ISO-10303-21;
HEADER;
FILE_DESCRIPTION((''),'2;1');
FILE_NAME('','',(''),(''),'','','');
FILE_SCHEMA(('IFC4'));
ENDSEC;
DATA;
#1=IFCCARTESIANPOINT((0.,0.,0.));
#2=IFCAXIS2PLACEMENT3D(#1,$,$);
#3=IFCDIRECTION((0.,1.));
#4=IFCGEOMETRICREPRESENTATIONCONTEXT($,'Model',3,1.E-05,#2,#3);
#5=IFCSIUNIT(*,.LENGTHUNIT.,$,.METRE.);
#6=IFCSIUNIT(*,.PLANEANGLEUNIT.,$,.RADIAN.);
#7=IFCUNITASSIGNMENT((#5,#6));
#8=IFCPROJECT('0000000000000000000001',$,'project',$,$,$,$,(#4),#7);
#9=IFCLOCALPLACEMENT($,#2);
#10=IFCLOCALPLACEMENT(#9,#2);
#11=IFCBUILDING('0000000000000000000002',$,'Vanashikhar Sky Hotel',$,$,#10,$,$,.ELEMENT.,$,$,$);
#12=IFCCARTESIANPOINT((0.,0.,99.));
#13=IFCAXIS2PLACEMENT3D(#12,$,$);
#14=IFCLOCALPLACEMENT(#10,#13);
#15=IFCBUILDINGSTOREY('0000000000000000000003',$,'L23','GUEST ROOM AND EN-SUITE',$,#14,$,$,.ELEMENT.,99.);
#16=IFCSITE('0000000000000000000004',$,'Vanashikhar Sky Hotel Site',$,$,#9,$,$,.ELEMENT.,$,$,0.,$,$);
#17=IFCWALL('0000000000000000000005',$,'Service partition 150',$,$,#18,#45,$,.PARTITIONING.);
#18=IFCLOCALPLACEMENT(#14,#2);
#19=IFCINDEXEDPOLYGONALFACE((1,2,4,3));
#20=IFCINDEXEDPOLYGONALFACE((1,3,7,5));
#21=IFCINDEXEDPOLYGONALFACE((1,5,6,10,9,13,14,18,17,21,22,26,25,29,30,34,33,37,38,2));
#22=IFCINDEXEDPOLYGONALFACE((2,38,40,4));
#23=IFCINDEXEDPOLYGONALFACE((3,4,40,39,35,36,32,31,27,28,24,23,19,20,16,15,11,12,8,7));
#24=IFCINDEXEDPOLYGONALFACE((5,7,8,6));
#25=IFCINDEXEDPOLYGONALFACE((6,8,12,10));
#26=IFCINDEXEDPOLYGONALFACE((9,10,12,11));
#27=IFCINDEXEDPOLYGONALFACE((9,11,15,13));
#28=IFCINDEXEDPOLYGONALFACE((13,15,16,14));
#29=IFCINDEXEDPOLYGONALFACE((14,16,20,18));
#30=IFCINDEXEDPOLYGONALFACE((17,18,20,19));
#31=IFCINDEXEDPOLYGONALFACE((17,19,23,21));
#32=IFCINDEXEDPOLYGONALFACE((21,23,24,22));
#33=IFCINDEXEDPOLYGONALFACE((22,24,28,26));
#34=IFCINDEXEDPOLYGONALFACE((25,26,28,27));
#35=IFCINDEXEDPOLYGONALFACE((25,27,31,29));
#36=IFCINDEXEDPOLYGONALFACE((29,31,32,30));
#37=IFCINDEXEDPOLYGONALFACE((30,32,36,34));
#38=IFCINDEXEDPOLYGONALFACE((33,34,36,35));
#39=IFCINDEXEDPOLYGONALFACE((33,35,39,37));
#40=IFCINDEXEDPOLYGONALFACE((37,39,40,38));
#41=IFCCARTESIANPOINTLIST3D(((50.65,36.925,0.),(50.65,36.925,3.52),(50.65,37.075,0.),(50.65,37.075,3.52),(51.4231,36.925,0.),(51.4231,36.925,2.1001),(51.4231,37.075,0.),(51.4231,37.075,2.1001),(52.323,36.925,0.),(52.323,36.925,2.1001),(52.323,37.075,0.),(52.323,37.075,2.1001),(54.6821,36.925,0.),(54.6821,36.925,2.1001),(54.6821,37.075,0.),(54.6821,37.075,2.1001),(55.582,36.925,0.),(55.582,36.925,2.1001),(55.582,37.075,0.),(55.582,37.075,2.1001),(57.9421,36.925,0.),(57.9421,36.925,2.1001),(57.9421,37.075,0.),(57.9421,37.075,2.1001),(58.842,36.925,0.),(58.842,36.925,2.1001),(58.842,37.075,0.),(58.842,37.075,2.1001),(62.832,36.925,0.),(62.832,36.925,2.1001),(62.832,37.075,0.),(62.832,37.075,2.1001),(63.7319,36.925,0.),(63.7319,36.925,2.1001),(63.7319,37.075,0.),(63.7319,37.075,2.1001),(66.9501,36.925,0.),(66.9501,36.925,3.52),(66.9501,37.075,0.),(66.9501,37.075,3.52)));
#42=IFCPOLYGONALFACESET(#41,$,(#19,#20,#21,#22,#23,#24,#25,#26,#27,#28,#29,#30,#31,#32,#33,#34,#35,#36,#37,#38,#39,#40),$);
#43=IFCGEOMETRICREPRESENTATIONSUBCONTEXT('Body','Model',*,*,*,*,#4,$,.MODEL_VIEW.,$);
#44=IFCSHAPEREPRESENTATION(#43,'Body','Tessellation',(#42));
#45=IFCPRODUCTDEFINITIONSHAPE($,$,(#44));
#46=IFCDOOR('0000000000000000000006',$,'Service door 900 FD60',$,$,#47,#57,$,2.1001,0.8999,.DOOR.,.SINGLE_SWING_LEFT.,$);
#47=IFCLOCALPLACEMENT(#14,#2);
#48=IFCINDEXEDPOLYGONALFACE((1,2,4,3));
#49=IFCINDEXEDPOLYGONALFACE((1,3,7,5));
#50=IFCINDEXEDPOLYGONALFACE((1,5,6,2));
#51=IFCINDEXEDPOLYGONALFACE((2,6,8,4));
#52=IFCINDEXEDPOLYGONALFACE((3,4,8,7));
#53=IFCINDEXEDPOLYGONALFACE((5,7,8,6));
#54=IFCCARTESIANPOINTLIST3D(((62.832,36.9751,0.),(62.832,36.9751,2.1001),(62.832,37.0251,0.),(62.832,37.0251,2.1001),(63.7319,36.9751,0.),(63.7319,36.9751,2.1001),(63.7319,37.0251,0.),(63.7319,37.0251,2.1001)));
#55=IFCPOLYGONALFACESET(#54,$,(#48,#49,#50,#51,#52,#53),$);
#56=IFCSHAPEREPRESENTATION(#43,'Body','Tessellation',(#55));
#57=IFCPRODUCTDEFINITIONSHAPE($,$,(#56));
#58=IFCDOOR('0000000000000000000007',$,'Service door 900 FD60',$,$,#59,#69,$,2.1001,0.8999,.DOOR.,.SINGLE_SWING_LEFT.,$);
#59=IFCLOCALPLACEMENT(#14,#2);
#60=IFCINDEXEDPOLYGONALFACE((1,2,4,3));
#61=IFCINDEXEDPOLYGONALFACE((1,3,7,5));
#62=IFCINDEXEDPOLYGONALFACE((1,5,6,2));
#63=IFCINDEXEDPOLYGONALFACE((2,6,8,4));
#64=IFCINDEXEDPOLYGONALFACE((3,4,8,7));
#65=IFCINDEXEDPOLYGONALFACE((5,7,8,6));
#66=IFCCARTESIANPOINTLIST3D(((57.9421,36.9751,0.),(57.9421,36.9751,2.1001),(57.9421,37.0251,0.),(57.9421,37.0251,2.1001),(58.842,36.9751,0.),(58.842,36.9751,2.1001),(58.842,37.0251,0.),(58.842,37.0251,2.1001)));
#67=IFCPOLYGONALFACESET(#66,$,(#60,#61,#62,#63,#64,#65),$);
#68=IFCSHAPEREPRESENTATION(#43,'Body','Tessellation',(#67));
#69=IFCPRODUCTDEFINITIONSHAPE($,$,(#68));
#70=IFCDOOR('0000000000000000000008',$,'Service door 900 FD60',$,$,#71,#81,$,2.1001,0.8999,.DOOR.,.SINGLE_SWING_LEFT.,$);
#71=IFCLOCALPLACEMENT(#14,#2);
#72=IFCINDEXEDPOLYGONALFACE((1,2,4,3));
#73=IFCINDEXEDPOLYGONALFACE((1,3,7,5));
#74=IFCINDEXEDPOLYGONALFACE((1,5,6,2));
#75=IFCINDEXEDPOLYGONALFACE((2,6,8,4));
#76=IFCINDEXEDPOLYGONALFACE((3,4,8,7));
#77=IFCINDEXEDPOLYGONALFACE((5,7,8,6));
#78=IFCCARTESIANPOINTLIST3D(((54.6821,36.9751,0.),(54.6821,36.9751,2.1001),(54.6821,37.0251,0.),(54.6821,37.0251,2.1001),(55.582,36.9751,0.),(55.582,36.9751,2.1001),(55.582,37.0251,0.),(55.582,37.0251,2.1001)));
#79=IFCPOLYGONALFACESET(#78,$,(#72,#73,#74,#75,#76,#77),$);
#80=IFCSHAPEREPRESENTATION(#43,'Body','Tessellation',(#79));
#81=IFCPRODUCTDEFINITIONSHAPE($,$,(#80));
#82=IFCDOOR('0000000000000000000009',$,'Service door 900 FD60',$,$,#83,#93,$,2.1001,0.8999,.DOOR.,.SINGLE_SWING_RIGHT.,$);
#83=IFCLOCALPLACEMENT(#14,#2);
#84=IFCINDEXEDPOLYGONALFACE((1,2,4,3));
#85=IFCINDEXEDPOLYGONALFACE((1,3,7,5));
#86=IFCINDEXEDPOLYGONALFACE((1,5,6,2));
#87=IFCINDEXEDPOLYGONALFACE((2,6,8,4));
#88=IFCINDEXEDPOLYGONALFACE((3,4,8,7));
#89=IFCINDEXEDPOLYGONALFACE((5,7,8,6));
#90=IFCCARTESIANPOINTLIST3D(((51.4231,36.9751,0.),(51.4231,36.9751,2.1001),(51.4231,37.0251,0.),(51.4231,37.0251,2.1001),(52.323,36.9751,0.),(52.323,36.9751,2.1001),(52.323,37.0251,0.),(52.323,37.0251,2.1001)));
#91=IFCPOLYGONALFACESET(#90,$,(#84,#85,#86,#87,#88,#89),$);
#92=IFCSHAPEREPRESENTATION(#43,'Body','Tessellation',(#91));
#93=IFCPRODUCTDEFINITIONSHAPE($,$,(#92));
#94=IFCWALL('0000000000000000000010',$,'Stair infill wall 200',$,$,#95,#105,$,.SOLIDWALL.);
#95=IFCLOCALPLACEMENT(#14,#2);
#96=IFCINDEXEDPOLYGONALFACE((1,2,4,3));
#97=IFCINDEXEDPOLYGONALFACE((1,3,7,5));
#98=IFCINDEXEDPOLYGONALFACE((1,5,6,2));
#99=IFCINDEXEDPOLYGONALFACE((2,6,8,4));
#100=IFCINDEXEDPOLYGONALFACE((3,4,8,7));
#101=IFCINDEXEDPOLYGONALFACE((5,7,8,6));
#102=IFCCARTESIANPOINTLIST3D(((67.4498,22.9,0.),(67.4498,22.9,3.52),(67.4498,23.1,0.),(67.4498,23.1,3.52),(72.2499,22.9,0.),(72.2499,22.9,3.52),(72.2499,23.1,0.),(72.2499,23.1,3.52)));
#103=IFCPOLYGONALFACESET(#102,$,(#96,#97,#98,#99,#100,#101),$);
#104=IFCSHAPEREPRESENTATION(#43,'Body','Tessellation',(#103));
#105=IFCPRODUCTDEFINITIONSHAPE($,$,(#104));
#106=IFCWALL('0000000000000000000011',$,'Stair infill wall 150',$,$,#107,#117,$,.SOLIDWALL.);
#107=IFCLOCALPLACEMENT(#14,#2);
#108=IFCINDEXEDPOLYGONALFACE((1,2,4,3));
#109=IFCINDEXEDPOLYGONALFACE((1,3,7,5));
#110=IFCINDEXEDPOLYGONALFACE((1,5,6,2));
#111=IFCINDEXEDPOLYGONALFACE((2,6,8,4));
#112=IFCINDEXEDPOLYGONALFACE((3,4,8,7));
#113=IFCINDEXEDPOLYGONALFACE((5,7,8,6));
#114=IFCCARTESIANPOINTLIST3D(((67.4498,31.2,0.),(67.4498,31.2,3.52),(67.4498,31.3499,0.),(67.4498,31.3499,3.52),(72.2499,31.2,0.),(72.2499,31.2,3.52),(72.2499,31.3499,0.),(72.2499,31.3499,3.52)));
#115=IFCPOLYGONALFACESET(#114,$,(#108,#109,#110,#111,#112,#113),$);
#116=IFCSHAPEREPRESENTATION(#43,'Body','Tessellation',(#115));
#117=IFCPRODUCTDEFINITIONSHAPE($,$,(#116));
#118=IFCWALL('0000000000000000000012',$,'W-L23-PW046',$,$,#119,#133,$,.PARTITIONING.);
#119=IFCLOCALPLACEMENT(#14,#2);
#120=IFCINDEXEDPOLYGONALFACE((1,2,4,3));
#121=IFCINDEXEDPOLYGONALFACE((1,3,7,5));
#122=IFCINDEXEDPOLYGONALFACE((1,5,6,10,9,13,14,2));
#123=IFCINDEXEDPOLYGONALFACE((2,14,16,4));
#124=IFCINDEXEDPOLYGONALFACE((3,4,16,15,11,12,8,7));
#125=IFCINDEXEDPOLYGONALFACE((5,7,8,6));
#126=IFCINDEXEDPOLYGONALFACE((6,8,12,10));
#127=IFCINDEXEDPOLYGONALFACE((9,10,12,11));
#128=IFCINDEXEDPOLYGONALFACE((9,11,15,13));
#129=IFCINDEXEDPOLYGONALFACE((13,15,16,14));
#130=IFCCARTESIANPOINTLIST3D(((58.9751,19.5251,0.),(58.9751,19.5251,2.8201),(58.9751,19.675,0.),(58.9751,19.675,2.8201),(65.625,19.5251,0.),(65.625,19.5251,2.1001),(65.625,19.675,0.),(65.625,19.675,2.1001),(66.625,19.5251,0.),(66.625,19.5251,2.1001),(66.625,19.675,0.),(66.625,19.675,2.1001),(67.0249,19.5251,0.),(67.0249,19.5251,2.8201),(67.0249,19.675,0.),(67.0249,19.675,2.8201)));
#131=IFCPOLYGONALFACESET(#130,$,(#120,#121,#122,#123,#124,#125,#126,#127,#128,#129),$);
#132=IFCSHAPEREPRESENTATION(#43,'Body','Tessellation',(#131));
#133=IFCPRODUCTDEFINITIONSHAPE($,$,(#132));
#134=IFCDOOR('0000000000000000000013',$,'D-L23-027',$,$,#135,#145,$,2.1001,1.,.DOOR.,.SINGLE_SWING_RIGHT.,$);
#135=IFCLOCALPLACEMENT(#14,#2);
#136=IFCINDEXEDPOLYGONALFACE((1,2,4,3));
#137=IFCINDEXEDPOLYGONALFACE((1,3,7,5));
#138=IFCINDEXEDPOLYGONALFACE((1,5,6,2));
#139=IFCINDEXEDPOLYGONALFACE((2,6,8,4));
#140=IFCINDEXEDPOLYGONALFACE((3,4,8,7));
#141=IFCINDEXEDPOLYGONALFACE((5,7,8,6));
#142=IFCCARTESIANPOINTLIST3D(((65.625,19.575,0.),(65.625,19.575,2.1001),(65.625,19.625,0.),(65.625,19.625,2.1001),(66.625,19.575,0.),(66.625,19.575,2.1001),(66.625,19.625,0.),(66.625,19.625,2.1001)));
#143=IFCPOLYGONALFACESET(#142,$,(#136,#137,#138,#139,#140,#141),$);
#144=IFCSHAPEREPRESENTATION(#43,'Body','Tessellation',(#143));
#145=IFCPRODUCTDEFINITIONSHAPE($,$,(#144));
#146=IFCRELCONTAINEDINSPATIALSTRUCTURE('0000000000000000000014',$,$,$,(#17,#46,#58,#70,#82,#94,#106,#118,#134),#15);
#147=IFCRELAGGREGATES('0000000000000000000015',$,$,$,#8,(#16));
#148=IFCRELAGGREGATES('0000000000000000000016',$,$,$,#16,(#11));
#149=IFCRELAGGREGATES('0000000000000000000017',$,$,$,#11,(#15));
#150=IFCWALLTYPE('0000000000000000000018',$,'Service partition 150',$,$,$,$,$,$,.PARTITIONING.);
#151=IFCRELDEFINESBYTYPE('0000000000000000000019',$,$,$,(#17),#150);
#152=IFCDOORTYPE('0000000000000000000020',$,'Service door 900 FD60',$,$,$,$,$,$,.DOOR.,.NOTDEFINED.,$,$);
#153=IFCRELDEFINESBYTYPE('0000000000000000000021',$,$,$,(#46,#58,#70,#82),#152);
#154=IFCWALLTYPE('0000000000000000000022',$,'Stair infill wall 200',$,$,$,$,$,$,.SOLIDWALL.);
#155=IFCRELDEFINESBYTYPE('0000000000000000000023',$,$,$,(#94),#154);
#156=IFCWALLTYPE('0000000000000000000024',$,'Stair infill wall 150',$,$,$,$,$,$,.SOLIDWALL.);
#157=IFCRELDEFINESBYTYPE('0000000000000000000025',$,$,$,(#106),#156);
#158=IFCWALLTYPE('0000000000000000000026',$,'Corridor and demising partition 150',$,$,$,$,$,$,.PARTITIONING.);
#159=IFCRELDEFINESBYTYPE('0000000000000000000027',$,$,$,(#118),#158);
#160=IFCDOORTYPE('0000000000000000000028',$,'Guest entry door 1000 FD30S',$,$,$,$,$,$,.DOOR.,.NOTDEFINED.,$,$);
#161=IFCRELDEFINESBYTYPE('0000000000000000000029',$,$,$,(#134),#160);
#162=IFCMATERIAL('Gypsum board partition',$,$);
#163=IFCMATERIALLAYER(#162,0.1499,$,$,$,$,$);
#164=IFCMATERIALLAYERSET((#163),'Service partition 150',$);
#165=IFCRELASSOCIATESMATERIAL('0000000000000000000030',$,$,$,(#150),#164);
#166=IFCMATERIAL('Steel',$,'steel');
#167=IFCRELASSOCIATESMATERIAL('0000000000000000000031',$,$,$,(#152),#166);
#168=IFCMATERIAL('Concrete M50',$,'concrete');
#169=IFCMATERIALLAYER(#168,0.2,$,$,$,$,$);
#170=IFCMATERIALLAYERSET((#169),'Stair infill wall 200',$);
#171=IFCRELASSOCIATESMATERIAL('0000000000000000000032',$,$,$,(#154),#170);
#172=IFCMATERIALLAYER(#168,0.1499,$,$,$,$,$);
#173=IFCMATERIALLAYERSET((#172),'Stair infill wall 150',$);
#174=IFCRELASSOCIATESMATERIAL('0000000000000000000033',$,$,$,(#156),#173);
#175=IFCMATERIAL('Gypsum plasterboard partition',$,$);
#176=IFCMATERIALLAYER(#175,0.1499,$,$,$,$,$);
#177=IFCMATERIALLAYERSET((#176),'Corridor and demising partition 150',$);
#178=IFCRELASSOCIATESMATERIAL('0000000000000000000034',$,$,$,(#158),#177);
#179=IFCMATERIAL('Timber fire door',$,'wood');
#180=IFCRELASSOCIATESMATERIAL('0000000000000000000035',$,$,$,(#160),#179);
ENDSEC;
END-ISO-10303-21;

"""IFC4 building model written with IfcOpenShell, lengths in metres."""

from ifc_helpers import new_model, si_unit, direction, frame, frame_2d, origin, place, context, subcontext, project, spatial, rectangle, extrude, source, transform, mapped, material, layer, layer_set, type_object, element, fill, save


model = new_model("IFC4")

# Units and contexts
model_context = context("Model", 3, precision=1e-05, world=origin(), true_north=direction((0.0, 1.0)))
body_context = subcontext(model_context, "Body", "Model", "MODEL_VIEW")
ifc_project = project(units=[si_unit("LENGTHUNIT", "METRE"), si_unit("PLANEANGLEUNIT", "RADIAN")], contexts=[model_context])

# Site, building, storey
site_placement = place(None, origin())
site = spatial("IfcSite", under=ifc_project, at=site_placement, Name="Vanashikhar Sky Hotel Site", CompositionType="ELEMENT", RefElevation=0.0)
building_placement = place(site_placement, origin())
building = spatial("IfcBuilding", under=site, at=building_placement, Name="Vanashikhar Sky Hotel", CompositionType="ELEMENT")
storey_placement = place(building_placement, frame((0.0, 0.0, 99.0)))
storey = spatial("IfcBuildingStorey", under=building, at=storey_placement, Name="L23", Description="GUEST ROOM AND EN-SUITE", CompositionType="ELEMENT", Elevation=99.0)

# Shared definitions
ifc_material_1 = material(Name="Concrete M50", Category="concrete")

# Shared definitions
ifc_material_2 = material(Name="Gypsum board partition")
ifc_layer_1 = layer(ifc_material_2, 0.1499)
ifc_layer_set_1 = layer_set([ifc_layer_1], Name="Service partition 150")
wall_type_1 = type_object("IfcWallType", Name="Service partition 150", PredefinedType="PARTITIONING", material=ifc_layer_set_1)
shared_shape_1 = source(origin(), body_context, "Body", "SweptSolid", [
    extrude(rectangle(XDim=0.8999, YDim=2.1001, at=frame_2d((0.45, 1.05))), frame((0.0, 0.085, 0.0), z_axis=(0.0, -1.0, 0.0), x_axis=(1.0, 0.0, 0.0)), (0.0, 0.0, 1.0), 0.1699),
])
ifc_material_3 = material(Name="Steel", Category="steel")
door_type_1 = type_object("IfcDoorType", Name="Service door 900 FD60", OperationType="NOTDEFINED", PredefinedType="DOOR", material=ifc_material_3)
shared_shape_2 = source(origin(), body_context, "Body", "SweptSolid", [
    extrude(rectangle(XDim=0.8999, YDim=2.1001, at=frame_2d((0.45, 1.05))), frame((0.0, 0.0249, 0.0), z_axis=(0.0, -1.0, 0.0), x_axis=(1.0, 0.0, 0.0)), (0.0, 0.0, 1.0), 0.05),
])

# Wall, openings, doors
shared_shape_3 = source(origin(), body_context, "Body", "SweptSolid", [
    extrude(rectangle(XDim=16.3, YDim=0.1499, at=frame_2d((8.1499, 0.0))), origin(), (0.0, 0.0, 1.0), 3.52),
])
wall_1_placement = place(storey_placement, frame((66.95, 37.0, 0.0), z_axis=(0.0, 0.0, 1.0), x_axis=(-1.0, 0.0, 0.0)))
wall_1 = element("IfcWall", 1, at=wall_1_placement, inside=storey, type_object=wall_type_1, Name="Service partition 150", PredefinedType="PARTITIONING", context=body_context, shape_type="MappedRepresentation", body=[
    mapped(shared_shape_3, transform((0.0, 0.0, 0.0), scale=1.0)),
])
opening_1_placement = place(wall_1_placement, frame((3.218, 0.0, 0.0)))
opening_1 = element("IfcOpeningElement", 2, at=opening_1_placement, cuts=wall_1, PredefinedType="OPENING", context=body_context, shape_type="MappedRepresentation", body=[
    mapped(shared_shape_1, transform((0.0, 0.0, 0.0), scale=1.0)),
])
opening_2_placement = place(wall_1_placement, frame((8.1079, 0.0, 0.0)))
opening_2 = element("IfcOpeningElement", 3, at=opening_2_placement, cuts=wall_1, PredefinedType="OPENING", context=body_context, shape_type="MappedRepresentation", body=[
    mapped(shared_shape_1, transform((0.0, 0.0, 0.0), scale=1.0)),
])
opening_3_placement = place(wall_1_placement, frame((11.3679, 0.0, 0.0)))
opening_3 = element("IfcOpeningElement", 4, at=opening_3_placement, cuts=wall_1, PredefinedType="OPENING", context=body_context, shape_type="MappedRepresentation", body=[
    mapped(shared_shape_1, transform((0.0, 0.0, 0.0), scale=1.0)),
])
opening_4_placement = place(wall_1_placement, frame((14.627, 0.0, 0.0)))
opening_4 = element("IfcOpeningElement", 5, at=opening_4_placement, cuts=wall_1, PredefinedType="OPENING", context=body_context, shape_type="MappedRepresentation", body=[
    mapped(shared_shape_1, transform((0.0, 0.0, 0.0), scale=1.0)),
])
door_1_placement = place(opening_1_placement, origin())
door_1 = element("IfcDoor", 6, at=door_1_placement, inside=storey, type_object=door_type_1, Name="Service door 900 FD60", OperationType="SINGLE_SWING_LEFT", OverallHeight=2.1001, OverallWidth=0.8999, PredefinedType="DOOR", context=body_context, shape_type="MappedRepresentation", body=[
    mapped(shared_shape_2, transform((0.0, 0.0, 0.0), scale=1.0)),
])
fill(opening_1, door_1)
door_2_placement = place(opening_2_placement, origin())
door_2 = element("IfcDoor", 7, at=door_2_placement, inside=storey, type_object=door_type_1, Name="Service door 900 FD60", OperationType="SINGLE_SWING_LEFT", OverallHeight=2.1001, OverallWidth=0.8999, PredefinedType="DOOR", context=body_context, shape_type="MappedRepresentation", body=[
    mapped(shared_shape_2, transform((0.0, 0.0, 0.0), scale=1.0)),
])
fill(opening_2, door_2)
door_3_placement = place(opening_3_placement, origin())
door_3 = element("IfcDoor", 8, at=door_3_placement, inside=storey, type_object=door_type_1, Name="Service door 900 FD60", OperationType="SINGLE_SWING_LEFT", OverallHeight=2.1001, OverallWidth=0.8999, PredefinedType="DOOR", context=body_context, shape_type="MappedRepresentation", body=[
    mapped(shared_shape_2, transform((0.0, 0.0, 0.0), scale=1.0)),
])
fill(opening_3, door_3)
door_4_placement = place(opening_4_placement, origin())
door_4 = element("IfcDoor", 9, at=door_4_placement, inside=storey, type_object=door_type_1, Name="Service door 900 FD60", OperationType="SINGLE_SWING_RIGHT", OverallHeight=2.1001, OverallWidth=0.8999, PredefinedType="DOOR", context=body_context, shape_type="MappedRepresentation", body=[
    mapped(shared_shape_2, transform((0.0, 0.0, 0.0), scale=1.0)),
])
fill(opening_4, door_4)

# Walls
ifc_layer_2 = layer(ifc_material_1, 0.2)
ifc_layer_set_2 = layer_set([ifc_layer_2], Name="Stair infill wall 200")
wall_type_2 = type_object("IfcWallType", Name="Stair infill wall 200", PredefinedType="SOLIDWALL", material=ifc_layer_set_2)
shared_shape_4 = source(origin(), body_context, "Body", "SweptSolid", [
    extrude(rectangle(XDim=4.8, YDim=0.2, at=frame_2d((2.3999, 0.0))), origin(), (0.0, 0.0, 1.0), 3.52),
])
wall_2_placement = place(storey_placement, frame((67.45, 23.0, 0.0), z_axis=(0.0, 0.0, 1.0), x_axis=(1.0, 0.0, 0.0)))
element("IfcWall", 10, at=wall_2_placement, inside=storey, type_object=wall_type_2, Name="Stair infill wall 200", PredefinedType="SOLIDWALL", context=body_context, shape_type="MappedRepresentation", body=[
    mapped(shared_shape_4, transform((0.0, 0.0, 0.0), scale=1.0)),
])
ifc_layer_3 = layer(ifc_material_1, 0.1499)
ifc_layer_set_3 = layer_set([ifc_layer_3], Name="Stair infill wall 150")
wall_type_3 = type_object("IfcWallType", Name="Stair infill wall 150", PredefinedType="SOLIDWALL", material=ifc_layer_set_3)
shared_shape_5 = source(origin(), body_context, "Body", "SweptSolid", [
    extrude(rectangle(XDim=4.8, YDim=0.1499, at=frame_2d((2.3999, 0.0))), origin(), (0.0, 0.0, 1.0), 3.52),
])
wall_3_placement = place(storey_placement, frame((67.45, 31.2749, 0.0), z_axis=(0.0, 0.0, 1.0), x_axis=(1.0, 0.0, 0.0)))
element("IfcWall", 11, at=wall_3_placement, inside=storey, type_object=wall_type_3, Name="Stair infill wall 150", PredefinedType="SOLIDWALL", context=body_context, shape_type="MappedRepresentation", body=[
    mapped(shared_shape_5, transform((0.0, 0.0, 0.0), scale=1.0)),
])

# Wall, opening, door
ifc_material_4 = material(Name="Gypsum plasterboard partition")
ifc_layer_4 = layer(ifc_material_4, 0.1499)
ifc_layer_set_4 = layer_set([ifc_layer_4], Name="Corridor and demising partition 150")
wall_type_4 = type_object("IfcWallType", Name="Corridor and demising partition 150", PredefinedType="PARTITIONING", material=ifc_layer_set_4)
shared_shape_6 = source(origin(), body_context, "Body", "SweptSolid", [
    extrude(rectangle(XDim=8.0498, YDim=0.1499, at=frame_2d((4.0249, 0.0))), origin(), (0.0, 0.0, 1.0), 2.8201),
])
wall_4_placement = place(storey_placement, frame((58.9751, 19.6001, 0.0), z_axis=(0.0, 0.0, 1.0), x_axis=(1.0, 0.0, 0.0)))
wall_4 = element("IfcWall", 12, at=wall_4_placement, inside=storey, type_object=wall_type_4, Name="W-L23-PW046", PredefinedType="PARTITIONING", context=body_context, shape_type="MappedRepresentation", body=[
    mapped(shared_shape_6, transform((0.0, 0.0, 0.0), scale=1.0)),
])
shared_shape_7 = source(origin(), body_context, "Body", "SweptSolid", [
    extrude(rectangle(XDim=1.0, YDim=2.1001, at=frame_2d((0.5, 1.05))), frame((0.0, 0.085, 0.0), z_axis=(0.0, -1.0, 0.0), x_axis=(1.0, 0.0, 0.0)), (0.0, 0.0, 1.0), 0.1699),
])
opening_5_placement = place(wall_4_placement, frame((6.6499, 0.0, 0.0)))
opening_5 = element("IfcOpeningElement", 13, at=opening_5_placement, cuts=wall_4, PredefinedType="OPENING", context=body_context, shape_type="MappedRepresentation", body=[
    mapped(shared_shape_7, transform((0.0, 0.0, 0.0), scale=1.0)),
])
ifc_material_5 = material(Name="Timber fire door", Category="wood")
door_type_2 = type_object("IfcDoorType", Name="Guest entry door 1000 FD30S", OperationType="NOTDEFINED", PredefinedType="DOOR", material=ifc_material_5)
shared_shape_8 = source(origin(), body_context, "Body", "SweptSolid", [
    extrude(rectangle(XDim=1.0, YDim=2.1001, at=frame_2d((0.5, 1.05))), frame((0.0, 0.0249, 0.0), z_axis=(0.0, -1.0, 0.0), x_axis=(1.0, 0.0, 0.0)), (0.0, 0.0, 1.0), 0.05),
])
door_5_placement = place(opening_5_placement, origin())
door_5 = element("IfcDoor", 14, at=door_5_placement, inside=storey, type_object=door_type_2, Name="D-L23-027", OperationType="SINGLE_SWING_RIGHT", OverallHeight=2.1001, OverallWidth=1.0, PredefinedType="DOOR", context=body_context, shape_type="MappedRepresentation", body=[
    mapped(shared_shape_8, transform((0.0, 0.0, 0.0), scale=1.0)),
])
fill(opening_5, door_5)

save(model, "model.ifc")
